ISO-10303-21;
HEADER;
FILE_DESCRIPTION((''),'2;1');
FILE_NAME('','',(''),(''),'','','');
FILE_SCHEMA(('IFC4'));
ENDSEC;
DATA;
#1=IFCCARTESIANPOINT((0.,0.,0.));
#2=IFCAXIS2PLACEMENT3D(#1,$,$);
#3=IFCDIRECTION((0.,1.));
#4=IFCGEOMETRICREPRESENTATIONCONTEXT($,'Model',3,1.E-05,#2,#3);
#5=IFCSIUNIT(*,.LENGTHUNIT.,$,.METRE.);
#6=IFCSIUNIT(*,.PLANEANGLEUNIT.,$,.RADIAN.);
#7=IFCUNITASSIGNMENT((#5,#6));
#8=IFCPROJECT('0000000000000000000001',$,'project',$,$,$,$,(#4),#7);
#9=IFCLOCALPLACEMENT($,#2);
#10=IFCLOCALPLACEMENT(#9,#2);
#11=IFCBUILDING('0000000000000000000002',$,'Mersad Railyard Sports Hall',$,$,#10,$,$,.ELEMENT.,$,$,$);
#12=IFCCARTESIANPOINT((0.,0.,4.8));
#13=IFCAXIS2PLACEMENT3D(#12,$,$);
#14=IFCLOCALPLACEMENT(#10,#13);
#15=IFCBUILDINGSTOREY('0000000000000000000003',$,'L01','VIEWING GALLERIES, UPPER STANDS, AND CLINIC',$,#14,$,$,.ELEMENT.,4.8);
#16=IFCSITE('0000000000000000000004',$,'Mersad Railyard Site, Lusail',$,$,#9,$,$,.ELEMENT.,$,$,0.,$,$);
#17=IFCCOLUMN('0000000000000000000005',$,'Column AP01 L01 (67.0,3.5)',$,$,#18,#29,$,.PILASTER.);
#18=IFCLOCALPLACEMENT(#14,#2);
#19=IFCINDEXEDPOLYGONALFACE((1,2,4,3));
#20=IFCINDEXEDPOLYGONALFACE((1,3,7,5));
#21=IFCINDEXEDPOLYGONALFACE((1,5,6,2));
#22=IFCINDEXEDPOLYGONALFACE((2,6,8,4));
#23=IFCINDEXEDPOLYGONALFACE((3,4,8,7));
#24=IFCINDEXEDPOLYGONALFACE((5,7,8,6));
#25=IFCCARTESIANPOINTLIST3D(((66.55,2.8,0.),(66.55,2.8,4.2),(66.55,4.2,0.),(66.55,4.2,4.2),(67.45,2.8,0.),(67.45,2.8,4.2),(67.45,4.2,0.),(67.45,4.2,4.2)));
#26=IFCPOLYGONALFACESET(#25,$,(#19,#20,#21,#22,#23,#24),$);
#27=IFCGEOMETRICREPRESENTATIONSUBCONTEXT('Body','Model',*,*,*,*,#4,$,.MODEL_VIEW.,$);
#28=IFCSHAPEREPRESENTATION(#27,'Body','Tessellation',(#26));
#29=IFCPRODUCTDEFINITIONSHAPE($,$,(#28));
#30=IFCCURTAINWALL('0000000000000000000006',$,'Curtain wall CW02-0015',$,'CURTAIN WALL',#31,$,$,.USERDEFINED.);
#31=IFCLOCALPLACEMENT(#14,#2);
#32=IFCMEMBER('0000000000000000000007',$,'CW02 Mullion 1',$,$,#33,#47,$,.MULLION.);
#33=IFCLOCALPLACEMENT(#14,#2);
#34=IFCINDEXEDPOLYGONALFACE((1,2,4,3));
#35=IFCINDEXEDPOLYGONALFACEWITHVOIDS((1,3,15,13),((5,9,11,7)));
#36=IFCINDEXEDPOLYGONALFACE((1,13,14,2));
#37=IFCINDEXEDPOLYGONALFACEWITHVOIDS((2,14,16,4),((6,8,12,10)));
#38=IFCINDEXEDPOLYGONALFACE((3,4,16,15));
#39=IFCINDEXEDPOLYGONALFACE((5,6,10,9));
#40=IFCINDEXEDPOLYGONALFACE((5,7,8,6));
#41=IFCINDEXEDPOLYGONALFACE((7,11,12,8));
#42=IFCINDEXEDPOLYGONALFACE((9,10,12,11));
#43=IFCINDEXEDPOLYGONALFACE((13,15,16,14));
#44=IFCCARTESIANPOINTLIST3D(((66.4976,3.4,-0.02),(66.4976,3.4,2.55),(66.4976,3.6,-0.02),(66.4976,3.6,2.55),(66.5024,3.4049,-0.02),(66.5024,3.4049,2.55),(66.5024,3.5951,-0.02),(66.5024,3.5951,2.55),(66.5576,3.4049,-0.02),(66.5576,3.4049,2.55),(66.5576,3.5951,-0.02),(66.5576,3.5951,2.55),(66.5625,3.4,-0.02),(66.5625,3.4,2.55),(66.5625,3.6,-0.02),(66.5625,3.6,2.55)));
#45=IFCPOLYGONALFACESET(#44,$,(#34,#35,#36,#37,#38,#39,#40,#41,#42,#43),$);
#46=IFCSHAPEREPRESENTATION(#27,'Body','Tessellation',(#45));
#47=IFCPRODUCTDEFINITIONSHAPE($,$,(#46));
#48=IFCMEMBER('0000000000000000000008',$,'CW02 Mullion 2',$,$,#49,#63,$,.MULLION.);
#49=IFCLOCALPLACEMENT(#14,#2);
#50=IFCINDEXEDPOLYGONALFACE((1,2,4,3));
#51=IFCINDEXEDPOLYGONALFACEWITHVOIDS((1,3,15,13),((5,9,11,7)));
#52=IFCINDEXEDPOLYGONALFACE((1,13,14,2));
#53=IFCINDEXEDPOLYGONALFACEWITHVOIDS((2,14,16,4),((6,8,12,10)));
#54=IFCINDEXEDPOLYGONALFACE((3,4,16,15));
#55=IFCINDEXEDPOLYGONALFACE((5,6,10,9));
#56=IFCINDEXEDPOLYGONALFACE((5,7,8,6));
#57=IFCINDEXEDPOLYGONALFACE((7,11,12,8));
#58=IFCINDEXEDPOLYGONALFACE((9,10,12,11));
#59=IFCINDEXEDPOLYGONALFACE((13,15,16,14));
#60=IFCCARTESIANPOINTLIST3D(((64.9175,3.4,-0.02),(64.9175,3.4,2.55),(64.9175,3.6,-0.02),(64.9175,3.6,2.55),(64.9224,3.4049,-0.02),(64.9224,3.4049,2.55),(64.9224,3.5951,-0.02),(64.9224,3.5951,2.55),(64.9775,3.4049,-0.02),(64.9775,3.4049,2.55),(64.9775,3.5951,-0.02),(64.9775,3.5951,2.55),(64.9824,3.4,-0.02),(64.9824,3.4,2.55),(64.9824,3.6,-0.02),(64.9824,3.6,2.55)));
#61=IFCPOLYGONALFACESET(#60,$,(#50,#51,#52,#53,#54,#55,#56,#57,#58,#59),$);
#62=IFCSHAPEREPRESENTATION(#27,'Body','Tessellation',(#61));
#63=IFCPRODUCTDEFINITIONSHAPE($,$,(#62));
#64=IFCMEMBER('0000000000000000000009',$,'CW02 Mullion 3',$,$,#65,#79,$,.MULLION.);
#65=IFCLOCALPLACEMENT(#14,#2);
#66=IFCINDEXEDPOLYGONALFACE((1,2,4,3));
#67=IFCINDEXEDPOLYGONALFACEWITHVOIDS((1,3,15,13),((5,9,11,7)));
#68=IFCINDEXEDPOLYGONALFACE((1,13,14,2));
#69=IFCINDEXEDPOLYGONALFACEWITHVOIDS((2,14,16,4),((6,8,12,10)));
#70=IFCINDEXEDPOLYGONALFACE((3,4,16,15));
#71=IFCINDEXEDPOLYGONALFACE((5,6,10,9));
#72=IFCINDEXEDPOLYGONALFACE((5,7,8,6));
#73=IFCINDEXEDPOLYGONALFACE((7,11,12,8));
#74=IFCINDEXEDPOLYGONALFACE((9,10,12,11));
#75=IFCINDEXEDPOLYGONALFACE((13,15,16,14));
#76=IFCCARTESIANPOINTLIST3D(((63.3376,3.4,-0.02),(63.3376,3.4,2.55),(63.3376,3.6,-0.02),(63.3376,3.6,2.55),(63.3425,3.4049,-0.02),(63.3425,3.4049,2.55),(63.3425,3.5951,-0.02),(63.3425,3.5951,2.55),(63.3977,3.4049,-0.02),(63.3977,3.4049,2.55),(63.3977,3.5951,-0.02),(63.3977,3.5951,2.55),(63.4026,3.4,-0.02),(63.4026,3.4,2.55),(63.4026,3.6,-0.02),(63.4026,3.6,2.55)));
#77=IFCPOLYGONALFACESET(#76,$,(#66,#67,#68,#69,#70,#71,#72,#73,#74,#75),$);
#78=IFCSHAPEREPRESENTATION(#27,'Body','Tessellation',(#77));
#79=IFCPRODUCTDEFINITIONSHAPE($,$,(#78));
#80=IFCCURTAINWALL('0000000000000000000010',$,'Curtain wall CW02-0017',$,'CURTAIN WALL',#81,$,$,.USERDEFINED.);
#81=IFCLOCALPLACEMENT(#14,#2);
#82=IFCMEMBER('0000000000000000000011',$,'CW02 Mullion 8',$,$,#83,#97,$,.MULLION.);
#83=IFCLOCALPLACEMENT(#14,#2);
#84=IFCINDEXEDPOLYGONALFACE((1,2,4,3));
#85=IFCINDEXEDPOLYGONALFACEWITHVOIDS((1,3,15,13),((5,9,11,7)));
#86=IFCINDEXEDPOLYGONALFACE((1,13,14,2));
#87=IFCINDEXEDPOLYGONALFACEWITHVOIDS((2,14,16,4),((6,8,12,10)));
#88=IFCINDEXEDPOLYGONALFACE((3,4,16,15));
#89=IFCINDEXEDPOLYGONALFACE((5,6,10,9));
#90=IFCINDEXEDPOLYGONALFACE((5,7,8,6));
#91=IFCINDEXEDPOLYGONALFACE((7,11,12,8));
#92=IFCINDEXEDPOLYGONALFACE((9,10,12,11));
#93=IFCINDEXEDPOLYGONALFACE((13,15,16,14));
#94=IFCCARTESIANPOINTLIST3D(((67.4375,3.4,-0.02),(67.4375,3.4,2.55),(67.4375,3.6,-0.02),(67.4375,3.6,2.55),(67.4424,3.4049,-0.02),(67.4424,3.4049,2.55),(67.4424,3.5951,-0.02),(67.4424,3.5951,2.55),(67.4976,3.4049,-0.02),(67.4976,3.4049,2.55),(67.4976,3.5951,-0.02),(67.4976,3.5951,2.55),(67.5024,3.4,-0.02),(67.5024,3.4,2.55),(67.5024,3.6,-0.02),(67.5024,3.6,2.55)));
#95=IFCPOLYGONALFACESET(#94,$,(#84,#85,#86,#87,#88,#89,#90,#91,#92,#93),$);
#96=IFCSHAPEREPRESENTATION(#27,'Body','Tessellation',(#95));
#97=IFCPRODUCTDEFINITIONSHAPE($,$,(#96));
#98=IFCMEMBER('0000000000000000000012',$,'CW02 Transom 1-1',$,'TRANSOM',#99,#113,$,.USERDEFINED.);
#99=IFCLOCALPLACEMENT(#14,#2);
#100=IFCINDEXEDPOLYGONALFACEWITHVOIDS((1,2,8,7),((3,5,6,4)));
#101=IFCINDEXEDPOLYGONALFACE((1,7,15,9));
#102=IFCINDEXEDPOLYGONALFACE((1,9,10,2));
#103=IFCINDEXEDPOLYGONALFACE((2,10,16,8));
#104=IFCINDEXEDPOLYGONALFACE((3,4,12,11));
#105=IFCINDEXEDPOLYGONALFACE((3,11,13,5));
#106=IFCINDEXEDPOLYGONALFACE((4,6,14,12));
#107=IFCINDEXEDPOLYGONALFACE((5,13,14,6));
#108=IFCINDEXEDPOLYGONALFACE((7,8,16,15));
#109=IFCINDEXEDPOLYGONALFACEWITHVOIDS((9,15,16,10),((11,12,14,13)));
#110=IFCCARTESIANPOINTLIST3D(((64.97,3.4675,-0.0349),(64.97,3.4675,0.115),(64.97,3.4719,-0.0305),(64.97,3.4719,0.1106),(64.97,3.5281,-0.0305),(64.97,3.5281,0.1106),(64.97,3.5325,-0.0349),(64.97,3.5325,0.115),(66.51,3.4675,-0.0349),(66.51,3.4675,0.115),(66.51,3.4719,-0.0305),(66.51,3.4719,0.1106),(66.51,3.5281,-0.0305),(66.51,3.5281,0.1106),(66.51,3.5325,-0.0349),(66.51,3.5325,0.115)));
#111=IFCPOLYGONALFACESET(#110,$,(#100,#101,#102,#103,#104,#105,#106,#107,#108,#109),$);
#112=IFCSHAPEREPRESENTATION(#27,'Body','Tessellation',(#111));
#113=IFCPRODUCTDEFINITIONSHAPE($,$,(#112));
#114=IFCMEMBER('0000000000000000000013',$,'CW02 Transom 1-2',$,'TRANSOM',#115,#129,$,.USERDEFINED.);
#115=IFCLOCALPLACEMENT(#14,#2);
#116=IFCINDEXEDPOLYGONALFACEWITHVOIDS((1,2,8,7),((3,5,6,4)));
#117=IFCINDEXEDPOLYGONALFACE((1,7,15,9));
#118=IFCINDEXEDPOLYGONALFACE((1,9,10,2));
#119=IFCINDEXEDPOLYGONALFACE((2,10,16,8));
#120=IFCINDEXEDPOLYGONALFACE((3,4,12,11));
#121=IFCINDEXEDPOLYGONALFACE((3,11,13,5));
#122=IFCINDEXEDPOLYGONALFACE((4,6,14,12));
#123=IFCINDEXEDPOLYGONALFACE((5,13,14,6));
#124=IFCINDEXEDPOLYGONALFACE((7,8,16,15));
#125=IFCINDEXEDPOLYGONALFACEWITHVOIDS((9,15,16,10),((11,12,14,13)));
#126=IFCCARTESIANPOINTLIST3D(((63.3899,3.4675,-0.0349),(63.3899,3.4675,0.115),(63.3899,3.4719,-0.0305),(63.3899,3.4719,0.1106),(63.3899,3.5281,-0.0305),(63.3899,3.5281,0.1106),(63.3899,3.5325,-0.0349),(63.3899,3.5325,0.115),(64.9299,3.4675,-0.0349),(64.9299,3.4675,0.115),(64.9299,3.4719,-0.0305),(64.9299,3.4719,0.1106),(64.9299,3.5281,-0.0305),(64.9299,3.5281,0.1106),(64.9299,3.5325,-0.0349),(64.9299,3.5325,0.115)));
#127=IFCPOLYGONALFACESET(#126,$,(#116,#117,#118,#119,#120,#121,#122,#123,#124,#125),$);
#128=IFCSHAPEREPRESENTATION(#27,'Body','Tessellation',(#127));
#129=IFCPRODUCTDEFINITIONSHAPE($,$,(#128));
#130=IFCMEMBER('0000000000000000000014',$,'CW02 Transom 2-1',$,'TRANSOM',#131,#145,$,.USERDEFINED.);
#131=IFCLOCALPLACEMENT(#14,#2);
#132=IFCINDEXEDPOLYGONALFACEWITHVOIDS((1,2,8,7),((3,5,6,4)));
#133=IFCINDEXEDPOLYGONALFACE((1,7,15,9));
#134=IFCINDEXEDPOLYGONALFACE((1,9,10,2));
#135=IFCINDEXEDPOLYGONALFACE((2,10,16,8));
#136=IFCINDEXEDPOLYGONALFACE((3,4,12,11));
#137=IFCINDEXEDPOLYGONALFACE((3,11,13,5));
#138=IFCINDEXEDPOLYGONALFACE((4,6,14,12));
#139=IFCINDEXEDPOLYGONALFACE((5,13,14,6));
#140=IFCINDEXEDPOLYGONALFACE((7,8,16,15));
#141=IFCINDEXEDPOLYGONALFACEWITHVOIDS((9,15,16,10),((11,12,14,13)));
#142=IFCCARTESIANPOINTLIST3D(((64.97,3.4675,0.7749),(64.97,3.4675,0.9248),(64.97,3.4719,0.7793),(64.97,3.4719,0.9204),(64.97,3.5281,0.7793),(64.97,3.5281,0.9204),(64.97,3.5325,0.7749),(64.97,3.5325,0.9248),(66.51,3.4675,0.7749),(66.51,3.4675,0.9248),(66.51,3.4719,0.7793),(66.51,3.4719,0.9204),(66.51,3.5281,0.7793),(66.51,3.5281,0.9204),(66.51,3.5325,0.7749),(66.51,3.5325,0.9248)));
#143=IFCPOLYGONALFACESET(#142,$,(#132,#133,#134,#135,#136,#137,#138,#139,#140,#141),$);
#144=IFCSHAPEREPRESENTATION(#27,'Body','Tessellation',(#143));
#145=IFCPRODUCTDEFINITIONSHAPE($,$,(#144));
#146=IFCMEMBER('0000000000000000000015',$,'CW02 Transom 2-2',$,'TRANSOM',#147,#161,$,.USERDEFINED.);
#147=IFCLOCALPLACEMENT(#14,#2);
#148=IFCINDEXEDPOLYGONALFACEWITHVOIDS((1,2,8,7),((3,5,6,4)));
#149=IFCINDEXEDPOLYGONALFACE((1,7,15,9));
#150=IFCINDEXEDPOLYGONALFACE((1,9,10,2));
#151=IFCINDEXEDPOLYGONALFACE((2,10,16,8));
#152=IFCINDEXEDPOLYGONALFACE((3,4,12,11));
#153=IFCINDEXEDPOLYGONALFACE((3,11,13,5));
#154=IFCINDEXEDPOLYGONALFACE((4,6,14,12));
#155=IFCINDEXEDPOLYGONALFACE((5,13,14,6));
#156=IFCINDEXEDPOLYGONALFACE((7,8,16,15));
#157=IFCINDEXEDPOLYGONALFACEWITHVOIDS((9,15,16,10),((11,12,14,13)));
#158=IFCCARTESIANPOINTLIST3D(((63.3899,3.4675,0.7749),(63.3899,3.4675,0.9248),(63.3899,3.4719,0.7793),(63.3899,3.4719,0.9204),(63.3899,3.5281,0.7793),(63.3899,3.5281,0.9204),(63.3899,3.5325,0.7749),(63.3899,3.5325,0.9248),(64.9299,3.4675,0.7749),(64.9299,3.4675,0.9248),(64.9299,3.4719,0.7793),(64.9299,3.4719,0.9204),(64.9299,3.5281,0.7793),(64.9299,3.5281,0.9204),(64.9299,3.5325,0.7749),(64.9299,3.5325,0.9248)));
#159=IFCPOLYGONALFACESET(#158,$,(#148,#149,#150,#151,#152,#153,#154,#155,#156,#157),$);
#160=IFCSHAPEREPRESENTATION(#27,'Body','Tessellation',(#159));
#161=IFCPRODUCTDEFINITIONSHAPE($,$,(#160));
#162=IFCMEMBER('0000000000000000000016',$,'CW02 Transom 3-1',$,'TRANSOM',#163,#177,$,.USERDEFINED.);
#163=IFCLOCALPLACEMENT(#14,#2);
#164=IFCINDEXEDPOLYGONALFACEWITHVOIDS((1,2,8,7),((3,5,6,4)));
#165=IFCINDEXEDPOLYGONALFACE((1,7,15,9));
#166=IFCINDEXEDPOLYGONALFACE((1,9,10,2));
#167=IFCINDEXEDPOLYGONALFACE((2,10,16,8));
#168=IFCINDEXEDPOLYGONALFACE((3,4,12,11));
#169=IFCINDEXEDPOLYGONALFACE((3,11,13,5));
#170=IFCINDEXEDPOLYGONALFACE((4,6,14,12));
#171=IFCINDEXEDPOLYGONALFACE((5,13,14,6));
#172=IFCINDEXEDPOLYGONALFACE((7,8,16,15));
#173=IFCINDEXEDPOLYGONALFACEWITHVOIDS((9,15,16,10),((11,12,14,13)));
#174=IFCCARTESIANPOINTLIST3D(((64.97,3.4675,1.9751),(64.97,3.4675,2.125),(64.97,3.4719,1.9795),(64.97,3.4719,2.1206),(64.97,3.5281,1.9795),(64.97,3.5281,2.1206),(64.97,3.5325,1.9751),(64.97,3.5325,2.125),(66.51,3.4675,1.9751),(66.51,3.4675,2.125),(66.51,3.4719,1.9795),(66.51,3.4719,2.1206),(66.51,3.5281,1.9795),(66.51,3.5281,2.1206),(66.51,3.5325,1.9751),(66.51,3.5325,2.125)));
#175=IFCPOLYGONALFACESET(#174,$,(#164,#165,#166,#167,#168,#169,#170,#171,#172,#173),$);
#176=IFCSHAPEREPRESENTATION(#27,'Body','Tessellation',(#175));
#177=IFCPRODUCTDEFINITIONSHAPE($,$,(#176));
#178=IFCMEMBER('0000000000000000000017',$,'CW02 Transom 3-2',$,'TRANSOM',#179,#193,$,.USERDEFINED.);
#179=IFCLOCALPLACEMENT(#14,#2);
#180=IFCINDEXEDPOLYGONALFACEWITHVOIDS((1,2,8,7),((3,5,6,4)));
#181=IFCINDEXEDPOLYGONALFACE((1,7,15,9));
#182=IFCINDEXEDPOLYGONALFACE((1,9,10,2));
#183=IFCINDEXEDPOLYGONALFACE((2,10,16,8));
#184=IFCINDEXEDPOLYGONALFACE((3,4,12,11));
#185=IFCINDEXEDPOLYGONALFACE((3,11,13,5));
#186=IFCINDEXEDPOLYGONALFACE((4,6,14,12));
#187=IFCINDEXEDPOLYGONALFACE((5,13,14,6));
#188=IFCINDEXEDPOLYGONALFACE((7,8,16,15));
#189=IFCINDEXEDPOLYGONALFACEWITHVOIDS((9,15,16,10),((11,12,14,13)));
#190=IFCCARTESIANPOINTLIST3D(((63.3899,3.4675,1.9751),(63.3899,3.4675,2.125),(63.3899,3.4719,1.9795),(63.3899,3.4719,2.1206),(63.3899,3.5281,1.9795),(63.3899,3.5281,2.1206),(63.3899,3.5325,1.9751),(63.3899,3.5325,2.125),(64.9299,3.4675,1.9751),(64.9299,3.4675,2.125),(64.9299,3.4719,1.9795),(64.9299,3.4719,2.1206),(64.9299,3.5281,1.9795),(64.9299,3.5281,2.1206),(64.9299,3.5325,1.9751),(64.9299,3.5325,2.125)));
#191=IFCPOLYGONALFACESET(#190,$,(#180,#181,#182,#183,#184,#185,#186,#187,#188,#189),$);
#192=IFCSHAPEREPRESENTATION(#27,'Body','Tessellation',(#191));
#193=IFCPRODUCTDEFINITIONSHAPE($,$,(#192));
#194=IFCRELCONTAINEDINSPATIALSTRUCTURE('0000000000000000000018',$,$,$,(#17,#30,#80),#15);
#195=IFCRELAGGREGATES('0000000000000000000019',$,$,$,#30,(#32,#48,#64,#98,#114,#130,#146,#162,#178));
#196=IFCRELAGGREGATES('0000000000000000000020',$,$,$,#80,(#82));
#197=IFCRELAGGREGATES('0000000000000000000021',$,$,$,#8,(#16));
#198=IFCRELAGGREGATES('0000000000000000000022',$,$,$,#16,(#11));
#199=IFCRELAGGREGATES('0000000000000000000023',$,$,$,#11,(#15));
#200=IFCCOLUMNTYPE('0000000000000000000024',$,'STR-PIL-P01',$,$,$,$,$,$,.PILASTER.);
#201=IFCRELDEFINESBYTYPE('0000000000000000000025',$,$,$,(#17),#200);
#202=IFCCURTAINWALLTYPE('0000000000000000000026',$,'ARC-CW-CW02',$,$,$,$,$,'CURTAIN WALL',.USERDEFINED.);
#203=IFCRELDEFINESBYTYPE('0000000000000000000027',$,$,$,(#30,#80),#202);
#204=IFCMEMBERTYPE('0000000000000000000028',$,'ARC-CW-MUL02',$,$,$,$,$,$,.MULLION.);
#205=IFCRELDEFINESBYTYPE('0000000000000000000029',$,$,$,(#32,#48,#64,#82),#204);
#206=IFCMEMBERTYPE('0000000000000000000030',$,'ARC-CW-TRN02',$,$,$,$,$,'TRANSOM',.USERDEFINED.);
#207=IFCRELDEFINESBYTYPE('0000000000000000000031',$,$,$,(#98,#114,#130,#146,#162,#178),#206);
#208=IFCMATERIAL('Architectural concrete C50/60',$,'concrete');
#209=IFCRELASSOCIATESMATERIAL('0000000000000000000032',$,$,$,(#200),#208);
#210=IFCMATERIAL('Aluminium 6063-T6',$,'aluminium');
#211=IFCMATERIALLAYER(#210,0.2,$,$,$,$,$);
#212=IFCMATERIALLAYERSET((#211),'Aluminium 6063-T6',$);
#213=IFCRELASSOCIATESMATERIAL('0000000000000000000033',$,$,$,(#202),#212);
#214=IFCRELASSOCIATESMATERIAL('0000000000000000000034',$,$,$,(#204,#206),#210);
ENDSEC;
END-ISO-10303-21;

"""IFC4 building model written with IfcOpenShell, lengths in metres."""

from ifc_helpers import new_model, si_unit, direction, frame, origin, origin_2d, place, context, subcontext, project, spatial, rectangle, hollow_rectangle, extrude, material, layer, layer_set, material_profile, profile_set, type_object, element, aggregate, save


model = new_model("IFC4")

# Units and contexts
model_context = context("Model", 3, precision=1e-05, world=origin(), true_north=direction((0.0, 1.0)))
body_context = subcontext(model_context, "Body", "Model", "MODEL_VIEW")
ifc_project = project(units=[si_unit("LENGTHUNIT", "METRE"), si_unit("PLANEANGLEUNIT", "RADIAN")], contexts=[model_context])

# Site, building, storey
site_placement = place(None, origin())
site = spatial("IfcSite", under=ifc_project, at=site_placement, Name="Mersad Railyard Site, Lusail", CompositionType="ELEMENT", RefElevation=0.0)
building_placement = place(site_placement, origin())
building = spatial("IfcBuilding", under=site, at=building_placement, Name="Mersad Railyard Sports Hall", CompositionType="ELEMENT")
storey_placement = place(building_placement, frame((0.0, 0.0, 4.8)))
storey = spatial("IfcBuildingStorey", under=building, at=storey_placement, Name="L01", Description="VIEWING GALLERIES, UPPER STANDS, AND CLINIC", CompositionType="ELEMENT", Elevation=4.8)

# Column
ifc_material_1 = material(Name="Architectural concrete C50/60", Category="concrete")
ifc_material_profile_1 = material_profile(ifc_material_1, rectangle(XDim=0.8999, YDim=1.3999, at=origin_2d()), Name="RC 900x1400")
ifc_profile_set_1 = profile_set([ifc_material_profile_1], Name="Architectural concrete C50/60")
column_type = type_object("IfcColumnType", Name="STR-PIL-P01", PredefinedType="PILASTER", material=ifc_profile_set_1)
column_placement = place(storey_placement, frame((67.0, 3.5, 0.0), z_axis=(0.0, 0.0, 1.0), x_axis=(1.0, 0.0, 0.0)))
element("IfcColumn", 1, at=column_placement, inside=storey, type_object=column_type, Name="Column AP01 L01 (67.0,3.5)", PredefinedType="PILASTER", context=body_context, shape_type="SweptSolid", body=[
    extrude(rectangle(XDim=0.8999, YDim=1.3999, at=origin_2d()), origin(), (0.0, 0.0, 1.0), 4.2),
])

# Curtain wall, members
ifc_material_2 = material(Name="Aluminium 6063-T6", Category="aluminium")
ifc_layer_1 = layer(ifc_material_2, 0.2)
ifc_layer_set_1 = layer_set([ifc_layer_1], Name="Aluminium 6063-T6")
curtain_wall_type = type_object("IfcCurtainWallType", Name="ARC-CW-CW02", ElementType="CURTAIN WALL", PredefinedType="USERDEFINED", material=ifc_layer_set_1)
curtain_wall_1_placement = place(storey_placement, origin())
curtain_wall_1 = element("IfcCurtainWall", 2, at=curtain_wall_1_placement, inside=storey, type_object=curtain_wall_type, Name="Curtain wall CW02-0015", ObjectType="CURTAIN WALL", PredefinedType="USERDEFINED")
ifc_material_profile_2 = material_profile(ifc_material_2, hollow_rectangle(XDim=0.0649, YDim=0.2, WallThickness=0.0049, at=origin_2d()), Name="AL MULLION 65x200x5")
ifc_profile_set_2 = profile_set([ifc_material_profile_2], Name="Aluminium 6063-T6")
member_type_1 = type_object("IfcMemberType", Name="ARC-CW-MUL02", PredefinedType="MULLION", material=ifc_profile_set_2)
member_1_placement = place(storey_placement, frame((66.53, 3.5, -0.02), z_axis=(0.0, 0.0, 1.0), x_axis=(1.0, 0.0, 0.0)))
member_1 = element("IfcMember", 3, at=member_1_placement, type_object=member_type_1, Name="CW02 Mullion 1", PredefinedType="MULLION", context=body_context, shape_type="SweptSolid", body=[
    extrude(hollow_rectangle(XDim=0.0649, YDim=0.2, WallThickness=0.0049, at=origin_2d()), origin(), (0.0, 0.0, 1.0), 2.5701),
])
member_2_placement = place(storey_placement, frame((64.95, 3.5, -0.02), z_axis=(0.0, 0.0, 1.0), x_axis=(1.0, 0.0, 0.0)))
member_2 = element("IfcMember", 4, at=member_2_placement, type_object=member_type_1, Name="CW02 Mullion 2", PredefinedType="MULLION", context=body_context, shape_type="SweptSolid", body=[
    extrude(hollow_rectangle(XDim=0.0649, YDim=0.2, WallThickness=0.0049, at=origin_2d()), origin(), (0.0, 0.0, 1.0), 2.5701),
])
member_3_placement = place(storey_placement, frame((63.3701, 3.5, -0.02), z_axis=(0.0, 0.0, 1.0), x_axis=(1.0, 0.0, 0.0)))
member_3 = element("IfcMember", 5, at=member_3_placement, type_object=member_type_1, Name="CW02 Mullion 3", PredefinedType="MULLION", context=body_context, shape_type="SweptSolid", body=[
    extrude(hollow_rectangle(XDim=0.0649, YDim=0.2, WallThickness=0.0049, at=origin_2d()), origin(), (0.0, 0.0, 1.0), 2.5701),
])

# Curtain wall, member
curtain_wall_2_placement = place(storey_placement, origin())
curtain_wall_2 = element("IfcCurtainWall", 6, at=curtain_wall_2_placement, inside=storey, type_object=curtain_wall_type, Name="Curtain wall CW02-0017", ObjectType="CURTAIN WALL", PredefinedType="USERDEFINED")
member_4_placement = place(storey_placement, frame((67.47, 3.5, -0.02), z_axis=(0.0, 0.0, 1.0), x_axis=(1.0, 0.0, 0.0)))
member_4 = element("IfcMember", 7, at=member_4_placement, type_object=member_type_1, Name="CW02 Mullion 8", PredefinedType="MULLION", context=body_context, shape_type="SweptSolid", body=[
    extrude(hollow_rectangle(XDim=0.0649, YDim=0.2, WallThickness=0.0049, at=origin_2d()), origin(), (0.0, 0.0, 1.0), 2.5701),
])

# Members
ifc_material_profile_3 = material_profile(ifc_material_2, hollow_rectangle(XDim=0.0649, YDim=0.1499, WallThickness=0.0044, at=origin_2d()), Name="AL TRANSOM 65x150x4.5")
ifc_profile_set_3 = profile_set([ifc_material_profile_3], Name="Aluminium 6063-T6")
member_type_2 = type_object("IfcMemberType", Name="ARC-CW-TRN02", ElementType="TRANSOM", PredefinedType="USERDEFINED", material=ifc_profile_set_3)
member_5_placement = place(storey_placement, frame((66.51, 3.5, 0.04), z_axis=(-1.0, 0.0, 0.0), x_axis=(0.0, -1.0, 0.0)))
member_5 = element("IfcMember", 8, at=member_5_placement, type_object=member_type_2, Name="CW02 Transom 1-1", ObjectType="TRANSOM", PredefinedType="USERDEFINED", context=body_context, shape_type="SweptSolid", body=[
    extrude(hollow_rectangle(XDim=0.0649, YDim=0.1499, WallThickness=0.0044, at=origin_2d()), origin(), (0.0, 0.0, 1.0), 1.54),
])
member_6_placement = place(storey_placement, frame((64.9299, 3.5, 0.04), z_axis=(-1.0, 0.0, 0.0), x_axis=(0.0, -1.0, 0.0)))
member_6 = element("IfcMember", 9, at=member_6_placement, type_object=member_type_2, Name="CW02 Transom 1-2", ObjectType="TRANSOM", PredefinedType="USERDEFINED", context=body_context, shape_type="SweptSolid", body=[
    extrude(hollow_rectangle(XDim=0.0649, YDim=0.1499, WallThickness=0.0044, at=origin_2d()), origin(), (0.0, 0.0, 1.0), 1.54),
])
member_7_placement = place(storey_placement, frame((66.51, 3.5, 0.8499), z_axis=(-1.0, 0.0, 0.0), x_axis=(0.0, -1.0, 0.0)))
member_7 = element("IfcMember", 10, at=member_7_placement, type_object=member_type_2, Name="CW02 Transom 2-1", ObjectType="TRANSOM", PredefinedType="USERDEFINED", context=body_context, shape_type="SweptSolid", body=[
    extrude(hollow_rectangle(XDim=0.0649, YDim=0.1499, WallThickness=0.0044, at=origin_2d()), origin(), (0.0, 0.0, 1.0), 1.54),
])
member_8_placement = place(storey_placement, frame((64.9299, 3.5, 0.8499), z_axis=(-1.0, 0.0, 0.0), x_axis=(0.0, -1.0, 0.0)))
member_8 = element("IfcMember", 11, at=member_8_placement, type_object=member_type_2, Name="CW02 Transom 2-2", ObjectType="TRANSOM", PredefinedType="USERDEFINED", context=body_context, shape_type="SweptSolid", body=[
    extrude(hollow_rectangle(XDim=0.0649, YDim=0.1499, WallThickness=0.0044, at=origin_2d()), origin(), (0.0, 0.0, 1.0), 1.54),
])
member_9_placement = place(storey_placement, frame((66.51, 3.5, 2.05), z_axis=(-1.0, 0.0, 0.0), x_axis=(0.0, -1.0, 0.0)))
member_9 = element("IfcMember", 12, at=member_9_placement, type_object=member_type_2, Name="CW02 Transom 3-1", ObjectType="TRANSOM", PredefinedType="USERDEFINED", context=body_context, shape_type="SweptSolid", body=[
    extrude(hollow_rectangle(XDim=0.0649, YDim=0.1499, WallThickness=0.0044, at=origin_2d()), origin(), (0.0, 0.0, 1.0), 1.54),
])
member_10_placement = place(storey_placement, frame((64.9299, 3.5, 2.05), z_axis=(-1.0, 0.0, 0.0), x_axis=(0.0, -1.0, 0.0)))
member_10 = element("IfcMember", 13, at=member_10_placement, type_object=member_type_2, Name="CW02 Transom 3-2", ObjectType="TRANSOM", PredefinedType="USERDEFINED", context=body_context, shape_type="SweptSolid", body=[
    extrude(hollow_rectangle(XDim=0.0649, YDim=0.1499, WallThickness=0.0044, at=origin_2d()), origin(), (0.0, 0.0, 1.0), 1.54),
])

aggregate(curtain_wall_1, [member_1, member_2, member_3, member_5, member_6, member_7, member_8, member_9, member_10])
aggregate(curtain_wall_2, [member_4])

save(model, "model.ifc")
